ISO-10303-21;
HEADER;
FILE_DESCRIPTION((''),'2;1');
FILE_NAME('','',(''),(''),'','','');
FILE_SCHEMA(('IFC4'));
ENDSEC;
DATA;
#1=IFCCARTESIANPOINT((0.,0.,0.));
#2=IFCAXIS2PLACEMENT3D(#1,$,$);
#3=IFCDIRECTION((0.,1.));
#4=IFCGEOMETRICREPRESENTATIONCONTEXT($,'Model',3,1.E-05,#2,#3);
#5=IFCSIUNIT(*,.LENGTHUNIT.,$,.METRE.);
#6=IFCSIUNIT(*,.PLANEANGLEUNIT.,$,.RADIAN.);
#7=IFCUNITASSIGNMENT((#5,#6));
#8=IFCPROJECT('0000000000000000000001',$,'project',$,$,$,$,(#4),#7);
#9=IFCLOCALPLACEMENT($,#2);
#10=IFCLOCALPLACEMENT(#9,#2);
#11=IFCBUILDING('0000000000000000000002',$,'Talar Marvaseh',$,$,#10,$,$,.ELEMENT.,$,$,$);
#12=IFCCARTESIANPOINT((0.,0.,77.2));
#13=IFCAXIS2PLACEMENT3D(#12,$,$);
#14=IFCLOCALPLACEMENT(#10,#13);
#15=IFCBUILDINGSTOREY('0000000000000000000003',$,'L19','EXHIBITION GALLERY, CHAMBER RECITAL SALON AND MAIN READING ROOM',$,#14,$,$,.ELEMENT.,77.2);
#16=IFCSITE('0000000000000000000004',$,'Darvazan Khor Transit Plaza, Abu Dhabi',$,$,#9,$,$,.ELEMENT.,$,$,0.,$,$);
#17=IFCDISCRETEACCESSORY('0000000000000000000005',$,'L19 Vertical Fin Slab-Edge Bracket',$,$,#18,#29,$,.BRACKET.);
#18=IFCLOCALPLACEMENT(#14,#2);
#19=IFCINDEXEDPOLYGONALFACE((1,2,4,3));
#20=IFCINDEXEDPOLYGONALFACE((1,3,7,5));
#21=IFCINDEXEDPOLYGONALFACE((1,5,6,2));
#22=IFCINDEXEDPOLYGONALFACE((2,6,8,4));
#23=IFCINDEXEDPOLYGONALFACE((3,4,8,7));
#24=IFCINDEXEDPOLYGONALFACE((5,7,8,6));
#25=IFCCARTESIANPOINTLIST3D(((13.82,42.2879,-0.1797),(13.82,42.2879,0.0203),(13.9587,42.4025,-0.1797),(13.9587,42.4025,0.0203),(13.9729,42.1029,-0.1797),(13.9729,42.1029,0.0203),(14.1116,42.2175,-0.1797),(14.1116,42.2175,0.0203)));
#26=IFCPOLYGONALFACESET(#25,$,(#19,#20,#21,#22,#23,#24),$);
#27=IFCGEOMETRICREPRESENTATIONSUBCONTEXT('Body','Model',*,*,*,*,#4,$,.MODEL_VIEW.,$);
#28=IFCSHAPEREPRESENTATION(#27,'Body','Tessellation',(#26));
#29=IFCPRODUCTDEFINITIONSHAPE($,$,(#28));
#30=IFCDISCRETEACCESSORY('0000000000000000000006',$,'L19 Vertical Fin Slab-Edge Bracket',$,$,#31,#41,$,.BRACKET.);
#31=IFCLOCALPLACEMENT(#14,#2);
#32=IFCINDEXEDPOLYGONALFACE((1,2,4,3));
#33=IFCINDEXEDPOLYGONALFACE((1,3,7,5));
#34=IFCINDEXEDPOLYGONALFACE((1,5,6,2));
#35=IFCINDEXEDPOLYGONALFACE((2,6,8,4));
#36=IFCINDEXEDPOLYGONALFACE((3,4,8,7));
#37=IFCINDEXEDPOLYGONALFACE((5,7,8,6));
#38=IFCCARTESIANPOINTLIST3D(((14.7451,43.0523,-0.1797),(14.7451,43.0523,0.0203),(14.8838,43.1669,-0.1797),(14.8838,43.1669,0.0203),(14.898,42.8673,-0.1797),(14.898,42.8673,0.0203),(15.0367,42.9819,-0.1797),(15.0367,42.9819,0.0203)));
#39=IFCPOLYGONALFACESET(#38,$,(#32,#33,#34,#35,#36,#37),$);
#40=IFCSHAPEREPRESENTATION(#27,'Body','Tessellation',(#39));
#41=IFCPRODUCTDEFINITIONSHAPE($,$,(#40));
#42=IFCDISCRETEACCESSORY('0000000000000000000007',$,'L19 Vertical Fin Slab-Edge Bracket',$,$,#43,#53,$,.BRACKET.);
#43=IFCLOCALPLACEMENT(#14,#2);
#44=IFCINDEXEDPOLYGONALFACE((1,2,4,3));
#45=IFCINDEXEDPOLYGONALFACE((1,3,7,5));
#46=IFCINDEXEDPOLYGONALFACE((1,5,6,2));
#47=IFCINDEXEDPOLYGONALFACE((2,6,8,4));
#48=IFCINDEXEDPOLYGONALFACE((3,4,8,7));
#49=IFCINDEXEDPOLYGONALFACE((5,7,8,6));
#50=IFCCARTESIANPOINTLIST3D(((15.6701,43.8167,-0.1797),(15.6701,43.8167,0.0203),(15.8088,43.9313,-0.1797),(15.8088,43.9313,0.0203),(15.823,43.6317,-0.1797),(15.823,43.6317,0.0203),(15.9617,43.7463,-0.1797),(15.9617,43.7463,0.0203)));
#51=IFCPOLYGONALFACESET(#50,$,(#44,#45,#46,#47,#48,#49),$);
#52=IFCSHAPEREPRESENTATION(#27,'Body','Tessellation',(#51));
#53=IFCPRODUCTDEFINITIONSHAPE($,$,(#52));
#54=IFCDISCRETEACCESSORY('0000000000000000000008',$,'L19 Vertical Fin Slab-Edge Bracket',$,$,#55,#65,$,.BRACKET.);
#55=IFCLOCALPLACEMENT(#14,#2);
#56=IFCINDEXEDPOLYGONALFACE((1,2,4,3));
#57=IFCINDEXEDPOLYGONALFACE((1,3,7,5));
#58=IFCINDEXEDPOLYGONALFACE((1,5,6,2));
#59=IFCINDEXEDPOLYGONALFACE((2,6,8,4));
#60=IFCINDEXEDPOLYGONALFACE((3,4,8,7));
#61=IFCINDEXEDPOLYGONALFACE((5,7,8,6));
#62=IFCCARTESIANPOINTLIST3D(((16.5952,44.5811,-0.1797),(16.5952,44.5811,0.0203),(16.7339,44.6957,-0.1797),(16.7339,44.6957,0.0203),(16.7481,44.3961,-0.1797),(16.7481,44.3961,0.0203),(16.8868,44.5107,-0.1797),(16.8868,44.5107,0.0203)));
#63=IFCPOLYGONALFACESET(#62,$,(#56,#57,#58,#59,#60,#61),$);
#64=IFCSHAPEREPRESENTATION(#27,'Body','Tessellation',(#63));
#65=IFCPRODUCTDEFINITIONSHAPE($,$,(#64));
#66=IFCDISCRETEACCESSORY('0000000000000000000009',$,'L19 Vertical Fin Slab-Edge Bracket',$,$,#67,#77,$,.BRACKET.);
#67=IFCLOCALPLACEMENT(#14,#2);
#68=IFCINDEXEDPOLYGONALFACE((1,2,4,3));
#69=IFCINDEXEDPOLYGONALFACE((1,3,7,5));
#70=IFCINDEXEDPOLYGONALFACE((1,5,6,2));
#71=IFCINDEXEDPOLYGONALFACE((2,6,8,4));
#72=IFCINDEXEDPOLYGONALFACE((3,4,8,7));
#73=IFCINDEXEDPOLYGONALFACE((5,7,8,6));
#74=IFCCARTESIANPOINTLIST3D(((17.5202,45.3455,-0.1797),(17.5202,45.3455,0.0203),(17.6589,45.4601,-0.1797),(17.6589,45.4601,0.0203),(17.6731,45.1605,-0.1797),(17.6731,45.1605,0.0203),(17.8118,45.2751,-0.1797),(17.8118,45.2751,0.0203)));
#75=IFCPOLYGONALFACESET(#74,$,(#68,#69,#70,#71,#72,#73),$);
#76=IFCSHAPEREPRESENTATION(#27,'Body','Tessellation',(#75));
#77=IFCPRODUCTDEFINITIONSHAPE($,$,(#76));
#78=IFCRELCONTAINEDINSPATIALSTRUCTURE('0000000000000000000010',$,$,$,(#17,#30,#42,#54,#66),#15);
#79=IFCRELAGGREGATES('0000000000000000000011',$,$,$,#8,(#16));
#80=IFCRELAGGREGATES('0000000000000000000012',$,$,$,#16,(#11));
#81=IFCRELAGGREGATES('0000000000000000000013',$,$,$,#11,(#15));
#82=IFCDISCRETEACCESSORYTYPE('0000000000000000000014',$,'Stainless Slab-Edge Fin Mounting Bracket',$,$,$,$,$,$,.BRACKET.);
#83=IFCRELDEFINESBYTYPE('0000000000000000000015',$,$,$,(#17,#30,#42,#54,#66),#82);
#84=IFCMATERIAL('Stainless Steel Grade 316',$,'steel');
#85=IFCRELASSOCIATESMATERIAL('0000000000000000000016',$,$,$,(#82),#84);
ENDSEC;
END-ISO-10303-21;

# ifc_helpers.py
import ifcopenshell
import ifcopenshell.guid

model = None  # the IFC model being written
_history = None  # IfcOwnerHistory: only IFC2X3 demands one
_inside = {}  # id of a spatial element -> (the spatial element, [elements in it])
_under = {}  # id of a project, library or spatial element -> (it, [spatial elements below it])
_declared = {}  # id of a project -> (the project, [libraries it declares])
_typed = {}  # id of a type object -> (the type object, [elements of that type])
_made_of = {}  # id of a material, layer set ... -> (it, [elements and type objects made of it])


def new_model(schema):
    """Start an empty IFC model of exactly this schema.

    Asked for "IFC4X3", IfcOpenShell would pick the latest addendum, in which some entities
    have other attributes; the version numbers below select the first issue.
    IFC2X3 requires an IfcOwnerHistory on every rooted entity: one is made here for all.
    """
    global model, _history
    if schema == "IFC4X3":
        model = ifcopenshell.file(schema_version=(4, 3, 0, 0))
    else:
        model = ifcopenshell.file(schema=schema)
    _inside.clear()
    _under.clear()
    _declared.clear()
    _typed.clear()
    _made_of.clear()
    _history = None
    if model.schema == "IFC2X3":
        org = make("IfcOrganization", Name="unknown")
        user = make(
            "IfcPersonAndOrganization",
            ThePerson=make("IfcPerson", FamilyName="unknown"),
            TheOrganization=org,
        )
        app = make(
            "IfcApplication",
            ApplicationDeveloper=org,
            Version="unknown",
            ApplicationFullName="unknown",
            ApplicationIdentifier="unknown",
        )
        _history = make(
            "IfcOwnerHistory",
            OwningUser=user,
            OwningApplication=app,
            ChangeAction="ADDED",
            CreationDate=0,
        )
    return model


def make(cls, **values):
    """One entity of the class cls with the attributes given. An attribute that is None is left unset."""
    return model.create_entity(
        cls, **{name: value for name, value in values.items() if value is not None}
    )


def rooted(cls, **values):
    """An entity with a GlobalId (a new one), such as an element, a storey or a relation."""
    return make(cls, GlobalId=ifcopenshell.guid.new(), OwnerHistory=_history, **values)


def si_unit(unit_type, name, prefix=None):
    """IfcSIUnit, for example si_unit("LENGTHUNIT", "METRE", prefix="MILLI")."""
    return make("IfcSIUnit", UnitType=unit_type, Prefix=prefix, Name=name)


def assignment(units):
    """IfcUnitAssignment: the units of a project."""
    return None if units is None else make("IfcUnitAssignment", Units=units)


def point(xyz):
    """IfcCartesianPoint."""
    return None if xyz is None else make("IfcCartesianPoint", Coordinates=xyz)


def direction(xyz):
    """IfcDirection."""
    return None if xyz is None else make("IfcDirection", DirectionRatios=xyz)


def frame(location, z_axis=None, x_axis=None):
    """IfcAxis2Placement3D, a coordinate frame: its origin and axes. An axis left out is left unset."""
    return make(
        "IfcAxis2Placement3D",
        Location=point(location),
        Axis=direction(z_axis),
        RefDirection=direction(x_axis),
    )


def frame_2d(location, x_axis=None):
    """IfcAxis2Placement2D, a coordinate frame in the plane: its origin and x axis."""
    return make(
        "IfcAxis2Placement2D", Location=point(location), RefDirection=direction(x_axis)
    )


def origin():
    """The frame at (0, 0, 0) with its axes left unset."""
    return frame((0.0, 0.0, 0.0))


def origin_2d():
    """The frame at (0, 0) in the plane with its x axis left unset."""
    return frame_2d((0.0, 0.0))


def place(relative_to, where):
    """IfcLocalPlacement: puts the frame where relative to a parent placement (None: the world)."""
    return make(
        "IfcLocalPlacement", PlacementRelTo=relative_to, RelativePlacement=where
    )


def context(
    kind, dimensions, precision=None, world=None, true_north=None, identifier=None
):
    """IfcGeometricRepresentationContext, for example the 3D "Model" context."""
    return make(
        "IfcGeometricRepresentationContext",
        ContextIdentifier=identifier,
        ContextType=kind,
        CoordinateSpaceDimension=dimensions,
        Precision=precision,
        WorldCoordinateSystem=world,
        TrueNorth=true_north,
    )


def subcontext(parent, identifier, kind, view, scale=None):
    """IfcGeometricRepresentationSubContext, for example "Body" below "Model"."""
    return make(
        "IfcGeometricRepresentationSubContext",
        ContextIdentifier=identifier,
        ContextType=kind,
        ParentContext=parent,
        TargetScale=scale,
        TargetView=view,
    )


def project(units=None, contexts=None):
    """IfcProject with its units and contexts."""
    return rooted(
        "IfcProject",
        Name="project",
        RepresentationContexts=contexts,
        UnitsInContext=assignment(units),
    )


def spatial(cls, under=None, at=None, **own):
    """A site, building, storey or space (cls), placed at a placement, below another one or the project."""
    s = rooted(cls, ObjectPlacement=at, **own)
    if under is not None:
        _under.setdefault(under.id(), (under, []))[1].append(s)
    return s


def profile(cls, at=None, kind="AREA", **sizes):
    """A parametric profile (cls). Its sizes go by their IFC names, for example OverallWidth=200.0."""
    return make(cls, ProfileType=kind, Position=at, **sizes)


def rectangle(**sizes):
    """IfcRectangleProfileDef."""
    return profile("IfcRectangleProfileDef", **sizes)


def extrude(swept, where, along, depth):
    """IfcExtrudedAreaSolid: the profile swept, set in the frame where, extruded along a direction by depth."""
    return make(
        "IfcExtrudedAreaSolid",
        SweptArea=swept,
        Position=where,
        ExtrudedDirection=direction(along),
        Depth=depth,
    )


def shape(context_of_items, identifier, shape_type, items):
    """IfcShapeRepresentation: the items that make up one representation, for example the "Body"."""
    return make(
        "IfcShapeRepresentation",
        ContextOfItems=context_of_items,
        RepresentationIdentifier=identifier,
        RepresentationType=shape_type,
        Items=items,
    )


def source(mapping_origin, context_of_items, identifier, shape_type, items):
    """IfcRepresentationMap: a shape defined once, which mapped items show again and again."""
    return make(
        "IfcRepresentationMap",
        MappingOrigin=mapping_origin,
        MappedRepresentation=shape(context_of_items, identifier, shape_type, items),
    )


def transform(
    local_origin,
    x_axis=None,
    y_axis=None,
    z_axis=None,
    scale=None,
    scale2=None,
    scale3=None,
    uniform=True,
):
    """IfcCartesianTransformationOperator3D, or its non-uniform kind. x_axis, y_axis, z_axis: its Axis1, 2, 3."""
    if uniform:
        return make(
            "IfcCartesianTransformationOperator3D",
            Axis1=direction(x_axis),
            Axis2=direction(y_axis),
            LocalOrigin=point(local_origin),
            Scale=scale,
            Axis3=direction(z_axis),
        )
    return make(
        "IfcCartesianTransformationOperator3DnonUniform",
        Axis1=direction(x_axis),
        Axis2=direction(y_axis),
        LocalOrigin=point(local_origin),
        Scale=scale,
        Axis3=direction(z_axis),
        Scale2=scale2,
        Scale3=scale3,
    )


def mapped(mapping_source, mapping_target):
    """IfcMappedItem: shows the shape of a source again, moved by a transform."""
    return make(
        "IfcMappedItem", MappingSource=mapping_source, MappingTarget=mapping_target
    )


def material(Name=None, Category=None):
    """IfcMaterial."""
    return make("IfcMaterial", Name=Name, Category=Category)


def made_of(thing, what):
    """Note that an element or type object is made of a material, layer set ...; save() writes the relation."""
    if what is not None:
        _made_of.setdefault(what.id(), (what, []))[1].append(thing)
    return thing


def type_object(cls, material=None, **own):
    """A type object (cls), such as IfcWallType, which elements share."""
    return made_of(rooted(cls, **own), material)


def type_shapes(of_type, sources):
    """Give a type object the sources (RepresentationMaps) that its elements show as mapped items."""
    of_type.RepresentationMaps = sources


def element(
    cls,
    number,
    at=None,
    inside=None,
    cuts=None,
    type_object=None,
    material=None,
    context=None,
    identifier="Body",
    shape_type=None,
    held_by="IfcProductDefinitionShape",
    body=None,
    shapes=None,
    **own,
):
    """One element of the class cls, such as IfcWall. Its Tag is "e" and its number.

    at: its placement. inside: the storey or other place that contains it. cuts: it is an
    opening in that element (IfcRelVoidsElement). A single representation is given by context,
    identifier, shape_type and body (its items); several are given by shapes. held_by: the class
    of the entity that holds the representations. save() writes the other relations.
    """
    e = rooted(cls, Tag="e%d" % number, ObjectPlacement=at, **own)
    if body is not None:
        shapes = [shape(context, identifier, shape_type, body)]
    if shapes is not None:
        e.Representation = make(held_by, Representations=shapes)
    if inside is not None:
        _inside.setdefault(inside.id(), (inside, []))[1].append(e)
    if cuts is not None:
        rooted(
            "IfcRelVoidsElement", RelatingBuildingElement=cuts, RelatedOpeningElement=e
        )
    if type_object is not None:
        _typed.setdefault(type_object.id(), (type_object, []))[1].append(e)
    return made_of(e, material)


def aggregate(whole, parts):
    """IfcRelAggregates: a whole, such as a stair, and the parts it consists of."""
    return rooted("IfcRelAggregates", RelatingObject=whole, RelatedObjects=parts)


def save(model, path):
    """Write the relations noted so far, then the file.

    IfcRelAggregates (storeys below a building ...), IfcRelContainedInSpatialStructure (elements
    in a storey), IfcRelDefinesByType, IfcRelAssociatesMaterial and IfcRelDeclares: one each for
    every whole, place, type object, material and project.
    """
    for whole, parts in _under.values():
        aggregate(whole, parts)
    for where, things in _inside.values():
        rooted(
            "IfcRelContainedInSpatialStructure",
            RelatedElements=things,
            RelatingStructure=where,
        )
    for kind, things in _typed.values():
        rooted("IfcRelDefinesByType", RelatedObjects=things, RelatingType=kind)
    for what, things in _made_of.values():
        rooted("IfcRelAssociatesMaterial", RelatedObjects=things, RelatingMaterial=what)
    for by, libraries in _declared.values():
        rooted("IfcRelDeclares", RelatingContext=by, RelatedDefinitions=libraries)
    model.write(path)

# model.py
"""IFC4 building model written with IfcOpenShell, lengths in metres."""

from ifc_helpers import new_model, si_unit, direction, frame, origin, origin_2d, place, context, subcontext, project, spatial, rectangle, extrude, source, transform, mapped, material, type_object, type_shapes, element, save


model = new_model("IFC4")

# Units and contexts
model_context = context("Model", 3, precision=1e-05, world=origin(), true_north=direction((0.0, 1.0)))
body_context = subcontext(model_context, "Body", "Model", "MODEL_VIEW")
ifc_project = project(units=[si_unit("LENGTHUNIT", "METRE"), si_unit("PLANEANGLEUNIT", "RADIAN")], contexts=[model_context])

# Site, building, storey
site_placement = place(None, origin())
site = spatial("IfcSite", under=ifc_project, at=site_placement, Name="Darvazan Khor Transit Plaza, Abu Dhabi", CompositionType="ELEMENT", RefElevation=0.0)
building_placement = place(site_placement, origin())
building = spatial("IfcBuilding", under=site, at=building_placement, Name="Talar Marvaseh", CompositionType="ELEMENT")
storey_placement = place(building_placement, frame((0.0, 0.0, 77.2)))
storey = spatial("IfcBuildingStorey", under=building, at=storey_placement, Name="L19", Description="EXHIBITION GALLERY, CHAMBER RECITAL SALON AND MAIN READING ROOM", CompositionType="ELEMENT", Elevation=77.2)

# Discrete accessories
ifc_material_1 = material(Name="Stainless Steel Grade 316", Category="steel")
discrete_accessory_type = type_object("IfcDiscreteAccessoryType", Name="Stainless Slab-Edge Fin Mounting Bracket", PredefinedType="BRACKET", material=ifc_material_1)
shared_shape_1 = source(origin(), body_context, "Body", "SweptSolid", [
    extrude(rectangle(XDim=0.24, YDim=0.1799, at=origin_2d()), origin(), (0.0, 0.0, 1.0), 0.2),
])
type_shapes(discrete_accessory_type, [shared_shape_1])
for number, where, z_axis, x_axis, name in (
    (1, (13.9658, 42.2527, -0.1797), (0.0, 0.0, 1.0), (-0.63702, 0.770847, 0.0), "L19 Vertical Fin Slab-Edge Bracket"),
    (2, (14.8909, 43.0171, -0.1797), (0.0, 0.0, 1.0), (-0.63702, 0.770847, 0.0), "L19 Vertical Fin Slab-Edge Bracket"),
    (3, (15.8159, 43.7815, -0.1797), (0.0, 0.0, 1.0), (-0.63702, 0.770847, 0.0), "L19 Vertical Fin Slab-Edge Bracket"),
    (4, (16.741, 44.5459, -0.1797), (0.0, 0.0, 1.0), (-0.63702, 0.770847, 0.0), "L19 Vertical Fin Slab-Edge Bracket"),
    (5, (17.666, 45.3103, -0.1797), (0.0, 0.0, 1.0), (-0.63702, 0.770847, 0.0), "L19 Vertical Fin Slab-Edge Bracket"),
):
    element("IfcDiscreteAccessory", number, at=place(storey_placement, frame(where, z_axis=z_axis, x_axis=x_axis)), inside=storey, type_object=discrete_accessory_type, Name=name, PredefinedType="BRACKET", context=body_context, shape_type="MappedRepresentation", body=[
        mapped(shared_shape_1, transform((0.0, 0.0, 0.0), x_axis=(1.0, 0.0, 0.0), y_axis=(0.0, 1.0, 0.0), z_axis=(0.0, 0.0, 1.0), scale=1.0)),
    ])

save(model, "model.ifc")
